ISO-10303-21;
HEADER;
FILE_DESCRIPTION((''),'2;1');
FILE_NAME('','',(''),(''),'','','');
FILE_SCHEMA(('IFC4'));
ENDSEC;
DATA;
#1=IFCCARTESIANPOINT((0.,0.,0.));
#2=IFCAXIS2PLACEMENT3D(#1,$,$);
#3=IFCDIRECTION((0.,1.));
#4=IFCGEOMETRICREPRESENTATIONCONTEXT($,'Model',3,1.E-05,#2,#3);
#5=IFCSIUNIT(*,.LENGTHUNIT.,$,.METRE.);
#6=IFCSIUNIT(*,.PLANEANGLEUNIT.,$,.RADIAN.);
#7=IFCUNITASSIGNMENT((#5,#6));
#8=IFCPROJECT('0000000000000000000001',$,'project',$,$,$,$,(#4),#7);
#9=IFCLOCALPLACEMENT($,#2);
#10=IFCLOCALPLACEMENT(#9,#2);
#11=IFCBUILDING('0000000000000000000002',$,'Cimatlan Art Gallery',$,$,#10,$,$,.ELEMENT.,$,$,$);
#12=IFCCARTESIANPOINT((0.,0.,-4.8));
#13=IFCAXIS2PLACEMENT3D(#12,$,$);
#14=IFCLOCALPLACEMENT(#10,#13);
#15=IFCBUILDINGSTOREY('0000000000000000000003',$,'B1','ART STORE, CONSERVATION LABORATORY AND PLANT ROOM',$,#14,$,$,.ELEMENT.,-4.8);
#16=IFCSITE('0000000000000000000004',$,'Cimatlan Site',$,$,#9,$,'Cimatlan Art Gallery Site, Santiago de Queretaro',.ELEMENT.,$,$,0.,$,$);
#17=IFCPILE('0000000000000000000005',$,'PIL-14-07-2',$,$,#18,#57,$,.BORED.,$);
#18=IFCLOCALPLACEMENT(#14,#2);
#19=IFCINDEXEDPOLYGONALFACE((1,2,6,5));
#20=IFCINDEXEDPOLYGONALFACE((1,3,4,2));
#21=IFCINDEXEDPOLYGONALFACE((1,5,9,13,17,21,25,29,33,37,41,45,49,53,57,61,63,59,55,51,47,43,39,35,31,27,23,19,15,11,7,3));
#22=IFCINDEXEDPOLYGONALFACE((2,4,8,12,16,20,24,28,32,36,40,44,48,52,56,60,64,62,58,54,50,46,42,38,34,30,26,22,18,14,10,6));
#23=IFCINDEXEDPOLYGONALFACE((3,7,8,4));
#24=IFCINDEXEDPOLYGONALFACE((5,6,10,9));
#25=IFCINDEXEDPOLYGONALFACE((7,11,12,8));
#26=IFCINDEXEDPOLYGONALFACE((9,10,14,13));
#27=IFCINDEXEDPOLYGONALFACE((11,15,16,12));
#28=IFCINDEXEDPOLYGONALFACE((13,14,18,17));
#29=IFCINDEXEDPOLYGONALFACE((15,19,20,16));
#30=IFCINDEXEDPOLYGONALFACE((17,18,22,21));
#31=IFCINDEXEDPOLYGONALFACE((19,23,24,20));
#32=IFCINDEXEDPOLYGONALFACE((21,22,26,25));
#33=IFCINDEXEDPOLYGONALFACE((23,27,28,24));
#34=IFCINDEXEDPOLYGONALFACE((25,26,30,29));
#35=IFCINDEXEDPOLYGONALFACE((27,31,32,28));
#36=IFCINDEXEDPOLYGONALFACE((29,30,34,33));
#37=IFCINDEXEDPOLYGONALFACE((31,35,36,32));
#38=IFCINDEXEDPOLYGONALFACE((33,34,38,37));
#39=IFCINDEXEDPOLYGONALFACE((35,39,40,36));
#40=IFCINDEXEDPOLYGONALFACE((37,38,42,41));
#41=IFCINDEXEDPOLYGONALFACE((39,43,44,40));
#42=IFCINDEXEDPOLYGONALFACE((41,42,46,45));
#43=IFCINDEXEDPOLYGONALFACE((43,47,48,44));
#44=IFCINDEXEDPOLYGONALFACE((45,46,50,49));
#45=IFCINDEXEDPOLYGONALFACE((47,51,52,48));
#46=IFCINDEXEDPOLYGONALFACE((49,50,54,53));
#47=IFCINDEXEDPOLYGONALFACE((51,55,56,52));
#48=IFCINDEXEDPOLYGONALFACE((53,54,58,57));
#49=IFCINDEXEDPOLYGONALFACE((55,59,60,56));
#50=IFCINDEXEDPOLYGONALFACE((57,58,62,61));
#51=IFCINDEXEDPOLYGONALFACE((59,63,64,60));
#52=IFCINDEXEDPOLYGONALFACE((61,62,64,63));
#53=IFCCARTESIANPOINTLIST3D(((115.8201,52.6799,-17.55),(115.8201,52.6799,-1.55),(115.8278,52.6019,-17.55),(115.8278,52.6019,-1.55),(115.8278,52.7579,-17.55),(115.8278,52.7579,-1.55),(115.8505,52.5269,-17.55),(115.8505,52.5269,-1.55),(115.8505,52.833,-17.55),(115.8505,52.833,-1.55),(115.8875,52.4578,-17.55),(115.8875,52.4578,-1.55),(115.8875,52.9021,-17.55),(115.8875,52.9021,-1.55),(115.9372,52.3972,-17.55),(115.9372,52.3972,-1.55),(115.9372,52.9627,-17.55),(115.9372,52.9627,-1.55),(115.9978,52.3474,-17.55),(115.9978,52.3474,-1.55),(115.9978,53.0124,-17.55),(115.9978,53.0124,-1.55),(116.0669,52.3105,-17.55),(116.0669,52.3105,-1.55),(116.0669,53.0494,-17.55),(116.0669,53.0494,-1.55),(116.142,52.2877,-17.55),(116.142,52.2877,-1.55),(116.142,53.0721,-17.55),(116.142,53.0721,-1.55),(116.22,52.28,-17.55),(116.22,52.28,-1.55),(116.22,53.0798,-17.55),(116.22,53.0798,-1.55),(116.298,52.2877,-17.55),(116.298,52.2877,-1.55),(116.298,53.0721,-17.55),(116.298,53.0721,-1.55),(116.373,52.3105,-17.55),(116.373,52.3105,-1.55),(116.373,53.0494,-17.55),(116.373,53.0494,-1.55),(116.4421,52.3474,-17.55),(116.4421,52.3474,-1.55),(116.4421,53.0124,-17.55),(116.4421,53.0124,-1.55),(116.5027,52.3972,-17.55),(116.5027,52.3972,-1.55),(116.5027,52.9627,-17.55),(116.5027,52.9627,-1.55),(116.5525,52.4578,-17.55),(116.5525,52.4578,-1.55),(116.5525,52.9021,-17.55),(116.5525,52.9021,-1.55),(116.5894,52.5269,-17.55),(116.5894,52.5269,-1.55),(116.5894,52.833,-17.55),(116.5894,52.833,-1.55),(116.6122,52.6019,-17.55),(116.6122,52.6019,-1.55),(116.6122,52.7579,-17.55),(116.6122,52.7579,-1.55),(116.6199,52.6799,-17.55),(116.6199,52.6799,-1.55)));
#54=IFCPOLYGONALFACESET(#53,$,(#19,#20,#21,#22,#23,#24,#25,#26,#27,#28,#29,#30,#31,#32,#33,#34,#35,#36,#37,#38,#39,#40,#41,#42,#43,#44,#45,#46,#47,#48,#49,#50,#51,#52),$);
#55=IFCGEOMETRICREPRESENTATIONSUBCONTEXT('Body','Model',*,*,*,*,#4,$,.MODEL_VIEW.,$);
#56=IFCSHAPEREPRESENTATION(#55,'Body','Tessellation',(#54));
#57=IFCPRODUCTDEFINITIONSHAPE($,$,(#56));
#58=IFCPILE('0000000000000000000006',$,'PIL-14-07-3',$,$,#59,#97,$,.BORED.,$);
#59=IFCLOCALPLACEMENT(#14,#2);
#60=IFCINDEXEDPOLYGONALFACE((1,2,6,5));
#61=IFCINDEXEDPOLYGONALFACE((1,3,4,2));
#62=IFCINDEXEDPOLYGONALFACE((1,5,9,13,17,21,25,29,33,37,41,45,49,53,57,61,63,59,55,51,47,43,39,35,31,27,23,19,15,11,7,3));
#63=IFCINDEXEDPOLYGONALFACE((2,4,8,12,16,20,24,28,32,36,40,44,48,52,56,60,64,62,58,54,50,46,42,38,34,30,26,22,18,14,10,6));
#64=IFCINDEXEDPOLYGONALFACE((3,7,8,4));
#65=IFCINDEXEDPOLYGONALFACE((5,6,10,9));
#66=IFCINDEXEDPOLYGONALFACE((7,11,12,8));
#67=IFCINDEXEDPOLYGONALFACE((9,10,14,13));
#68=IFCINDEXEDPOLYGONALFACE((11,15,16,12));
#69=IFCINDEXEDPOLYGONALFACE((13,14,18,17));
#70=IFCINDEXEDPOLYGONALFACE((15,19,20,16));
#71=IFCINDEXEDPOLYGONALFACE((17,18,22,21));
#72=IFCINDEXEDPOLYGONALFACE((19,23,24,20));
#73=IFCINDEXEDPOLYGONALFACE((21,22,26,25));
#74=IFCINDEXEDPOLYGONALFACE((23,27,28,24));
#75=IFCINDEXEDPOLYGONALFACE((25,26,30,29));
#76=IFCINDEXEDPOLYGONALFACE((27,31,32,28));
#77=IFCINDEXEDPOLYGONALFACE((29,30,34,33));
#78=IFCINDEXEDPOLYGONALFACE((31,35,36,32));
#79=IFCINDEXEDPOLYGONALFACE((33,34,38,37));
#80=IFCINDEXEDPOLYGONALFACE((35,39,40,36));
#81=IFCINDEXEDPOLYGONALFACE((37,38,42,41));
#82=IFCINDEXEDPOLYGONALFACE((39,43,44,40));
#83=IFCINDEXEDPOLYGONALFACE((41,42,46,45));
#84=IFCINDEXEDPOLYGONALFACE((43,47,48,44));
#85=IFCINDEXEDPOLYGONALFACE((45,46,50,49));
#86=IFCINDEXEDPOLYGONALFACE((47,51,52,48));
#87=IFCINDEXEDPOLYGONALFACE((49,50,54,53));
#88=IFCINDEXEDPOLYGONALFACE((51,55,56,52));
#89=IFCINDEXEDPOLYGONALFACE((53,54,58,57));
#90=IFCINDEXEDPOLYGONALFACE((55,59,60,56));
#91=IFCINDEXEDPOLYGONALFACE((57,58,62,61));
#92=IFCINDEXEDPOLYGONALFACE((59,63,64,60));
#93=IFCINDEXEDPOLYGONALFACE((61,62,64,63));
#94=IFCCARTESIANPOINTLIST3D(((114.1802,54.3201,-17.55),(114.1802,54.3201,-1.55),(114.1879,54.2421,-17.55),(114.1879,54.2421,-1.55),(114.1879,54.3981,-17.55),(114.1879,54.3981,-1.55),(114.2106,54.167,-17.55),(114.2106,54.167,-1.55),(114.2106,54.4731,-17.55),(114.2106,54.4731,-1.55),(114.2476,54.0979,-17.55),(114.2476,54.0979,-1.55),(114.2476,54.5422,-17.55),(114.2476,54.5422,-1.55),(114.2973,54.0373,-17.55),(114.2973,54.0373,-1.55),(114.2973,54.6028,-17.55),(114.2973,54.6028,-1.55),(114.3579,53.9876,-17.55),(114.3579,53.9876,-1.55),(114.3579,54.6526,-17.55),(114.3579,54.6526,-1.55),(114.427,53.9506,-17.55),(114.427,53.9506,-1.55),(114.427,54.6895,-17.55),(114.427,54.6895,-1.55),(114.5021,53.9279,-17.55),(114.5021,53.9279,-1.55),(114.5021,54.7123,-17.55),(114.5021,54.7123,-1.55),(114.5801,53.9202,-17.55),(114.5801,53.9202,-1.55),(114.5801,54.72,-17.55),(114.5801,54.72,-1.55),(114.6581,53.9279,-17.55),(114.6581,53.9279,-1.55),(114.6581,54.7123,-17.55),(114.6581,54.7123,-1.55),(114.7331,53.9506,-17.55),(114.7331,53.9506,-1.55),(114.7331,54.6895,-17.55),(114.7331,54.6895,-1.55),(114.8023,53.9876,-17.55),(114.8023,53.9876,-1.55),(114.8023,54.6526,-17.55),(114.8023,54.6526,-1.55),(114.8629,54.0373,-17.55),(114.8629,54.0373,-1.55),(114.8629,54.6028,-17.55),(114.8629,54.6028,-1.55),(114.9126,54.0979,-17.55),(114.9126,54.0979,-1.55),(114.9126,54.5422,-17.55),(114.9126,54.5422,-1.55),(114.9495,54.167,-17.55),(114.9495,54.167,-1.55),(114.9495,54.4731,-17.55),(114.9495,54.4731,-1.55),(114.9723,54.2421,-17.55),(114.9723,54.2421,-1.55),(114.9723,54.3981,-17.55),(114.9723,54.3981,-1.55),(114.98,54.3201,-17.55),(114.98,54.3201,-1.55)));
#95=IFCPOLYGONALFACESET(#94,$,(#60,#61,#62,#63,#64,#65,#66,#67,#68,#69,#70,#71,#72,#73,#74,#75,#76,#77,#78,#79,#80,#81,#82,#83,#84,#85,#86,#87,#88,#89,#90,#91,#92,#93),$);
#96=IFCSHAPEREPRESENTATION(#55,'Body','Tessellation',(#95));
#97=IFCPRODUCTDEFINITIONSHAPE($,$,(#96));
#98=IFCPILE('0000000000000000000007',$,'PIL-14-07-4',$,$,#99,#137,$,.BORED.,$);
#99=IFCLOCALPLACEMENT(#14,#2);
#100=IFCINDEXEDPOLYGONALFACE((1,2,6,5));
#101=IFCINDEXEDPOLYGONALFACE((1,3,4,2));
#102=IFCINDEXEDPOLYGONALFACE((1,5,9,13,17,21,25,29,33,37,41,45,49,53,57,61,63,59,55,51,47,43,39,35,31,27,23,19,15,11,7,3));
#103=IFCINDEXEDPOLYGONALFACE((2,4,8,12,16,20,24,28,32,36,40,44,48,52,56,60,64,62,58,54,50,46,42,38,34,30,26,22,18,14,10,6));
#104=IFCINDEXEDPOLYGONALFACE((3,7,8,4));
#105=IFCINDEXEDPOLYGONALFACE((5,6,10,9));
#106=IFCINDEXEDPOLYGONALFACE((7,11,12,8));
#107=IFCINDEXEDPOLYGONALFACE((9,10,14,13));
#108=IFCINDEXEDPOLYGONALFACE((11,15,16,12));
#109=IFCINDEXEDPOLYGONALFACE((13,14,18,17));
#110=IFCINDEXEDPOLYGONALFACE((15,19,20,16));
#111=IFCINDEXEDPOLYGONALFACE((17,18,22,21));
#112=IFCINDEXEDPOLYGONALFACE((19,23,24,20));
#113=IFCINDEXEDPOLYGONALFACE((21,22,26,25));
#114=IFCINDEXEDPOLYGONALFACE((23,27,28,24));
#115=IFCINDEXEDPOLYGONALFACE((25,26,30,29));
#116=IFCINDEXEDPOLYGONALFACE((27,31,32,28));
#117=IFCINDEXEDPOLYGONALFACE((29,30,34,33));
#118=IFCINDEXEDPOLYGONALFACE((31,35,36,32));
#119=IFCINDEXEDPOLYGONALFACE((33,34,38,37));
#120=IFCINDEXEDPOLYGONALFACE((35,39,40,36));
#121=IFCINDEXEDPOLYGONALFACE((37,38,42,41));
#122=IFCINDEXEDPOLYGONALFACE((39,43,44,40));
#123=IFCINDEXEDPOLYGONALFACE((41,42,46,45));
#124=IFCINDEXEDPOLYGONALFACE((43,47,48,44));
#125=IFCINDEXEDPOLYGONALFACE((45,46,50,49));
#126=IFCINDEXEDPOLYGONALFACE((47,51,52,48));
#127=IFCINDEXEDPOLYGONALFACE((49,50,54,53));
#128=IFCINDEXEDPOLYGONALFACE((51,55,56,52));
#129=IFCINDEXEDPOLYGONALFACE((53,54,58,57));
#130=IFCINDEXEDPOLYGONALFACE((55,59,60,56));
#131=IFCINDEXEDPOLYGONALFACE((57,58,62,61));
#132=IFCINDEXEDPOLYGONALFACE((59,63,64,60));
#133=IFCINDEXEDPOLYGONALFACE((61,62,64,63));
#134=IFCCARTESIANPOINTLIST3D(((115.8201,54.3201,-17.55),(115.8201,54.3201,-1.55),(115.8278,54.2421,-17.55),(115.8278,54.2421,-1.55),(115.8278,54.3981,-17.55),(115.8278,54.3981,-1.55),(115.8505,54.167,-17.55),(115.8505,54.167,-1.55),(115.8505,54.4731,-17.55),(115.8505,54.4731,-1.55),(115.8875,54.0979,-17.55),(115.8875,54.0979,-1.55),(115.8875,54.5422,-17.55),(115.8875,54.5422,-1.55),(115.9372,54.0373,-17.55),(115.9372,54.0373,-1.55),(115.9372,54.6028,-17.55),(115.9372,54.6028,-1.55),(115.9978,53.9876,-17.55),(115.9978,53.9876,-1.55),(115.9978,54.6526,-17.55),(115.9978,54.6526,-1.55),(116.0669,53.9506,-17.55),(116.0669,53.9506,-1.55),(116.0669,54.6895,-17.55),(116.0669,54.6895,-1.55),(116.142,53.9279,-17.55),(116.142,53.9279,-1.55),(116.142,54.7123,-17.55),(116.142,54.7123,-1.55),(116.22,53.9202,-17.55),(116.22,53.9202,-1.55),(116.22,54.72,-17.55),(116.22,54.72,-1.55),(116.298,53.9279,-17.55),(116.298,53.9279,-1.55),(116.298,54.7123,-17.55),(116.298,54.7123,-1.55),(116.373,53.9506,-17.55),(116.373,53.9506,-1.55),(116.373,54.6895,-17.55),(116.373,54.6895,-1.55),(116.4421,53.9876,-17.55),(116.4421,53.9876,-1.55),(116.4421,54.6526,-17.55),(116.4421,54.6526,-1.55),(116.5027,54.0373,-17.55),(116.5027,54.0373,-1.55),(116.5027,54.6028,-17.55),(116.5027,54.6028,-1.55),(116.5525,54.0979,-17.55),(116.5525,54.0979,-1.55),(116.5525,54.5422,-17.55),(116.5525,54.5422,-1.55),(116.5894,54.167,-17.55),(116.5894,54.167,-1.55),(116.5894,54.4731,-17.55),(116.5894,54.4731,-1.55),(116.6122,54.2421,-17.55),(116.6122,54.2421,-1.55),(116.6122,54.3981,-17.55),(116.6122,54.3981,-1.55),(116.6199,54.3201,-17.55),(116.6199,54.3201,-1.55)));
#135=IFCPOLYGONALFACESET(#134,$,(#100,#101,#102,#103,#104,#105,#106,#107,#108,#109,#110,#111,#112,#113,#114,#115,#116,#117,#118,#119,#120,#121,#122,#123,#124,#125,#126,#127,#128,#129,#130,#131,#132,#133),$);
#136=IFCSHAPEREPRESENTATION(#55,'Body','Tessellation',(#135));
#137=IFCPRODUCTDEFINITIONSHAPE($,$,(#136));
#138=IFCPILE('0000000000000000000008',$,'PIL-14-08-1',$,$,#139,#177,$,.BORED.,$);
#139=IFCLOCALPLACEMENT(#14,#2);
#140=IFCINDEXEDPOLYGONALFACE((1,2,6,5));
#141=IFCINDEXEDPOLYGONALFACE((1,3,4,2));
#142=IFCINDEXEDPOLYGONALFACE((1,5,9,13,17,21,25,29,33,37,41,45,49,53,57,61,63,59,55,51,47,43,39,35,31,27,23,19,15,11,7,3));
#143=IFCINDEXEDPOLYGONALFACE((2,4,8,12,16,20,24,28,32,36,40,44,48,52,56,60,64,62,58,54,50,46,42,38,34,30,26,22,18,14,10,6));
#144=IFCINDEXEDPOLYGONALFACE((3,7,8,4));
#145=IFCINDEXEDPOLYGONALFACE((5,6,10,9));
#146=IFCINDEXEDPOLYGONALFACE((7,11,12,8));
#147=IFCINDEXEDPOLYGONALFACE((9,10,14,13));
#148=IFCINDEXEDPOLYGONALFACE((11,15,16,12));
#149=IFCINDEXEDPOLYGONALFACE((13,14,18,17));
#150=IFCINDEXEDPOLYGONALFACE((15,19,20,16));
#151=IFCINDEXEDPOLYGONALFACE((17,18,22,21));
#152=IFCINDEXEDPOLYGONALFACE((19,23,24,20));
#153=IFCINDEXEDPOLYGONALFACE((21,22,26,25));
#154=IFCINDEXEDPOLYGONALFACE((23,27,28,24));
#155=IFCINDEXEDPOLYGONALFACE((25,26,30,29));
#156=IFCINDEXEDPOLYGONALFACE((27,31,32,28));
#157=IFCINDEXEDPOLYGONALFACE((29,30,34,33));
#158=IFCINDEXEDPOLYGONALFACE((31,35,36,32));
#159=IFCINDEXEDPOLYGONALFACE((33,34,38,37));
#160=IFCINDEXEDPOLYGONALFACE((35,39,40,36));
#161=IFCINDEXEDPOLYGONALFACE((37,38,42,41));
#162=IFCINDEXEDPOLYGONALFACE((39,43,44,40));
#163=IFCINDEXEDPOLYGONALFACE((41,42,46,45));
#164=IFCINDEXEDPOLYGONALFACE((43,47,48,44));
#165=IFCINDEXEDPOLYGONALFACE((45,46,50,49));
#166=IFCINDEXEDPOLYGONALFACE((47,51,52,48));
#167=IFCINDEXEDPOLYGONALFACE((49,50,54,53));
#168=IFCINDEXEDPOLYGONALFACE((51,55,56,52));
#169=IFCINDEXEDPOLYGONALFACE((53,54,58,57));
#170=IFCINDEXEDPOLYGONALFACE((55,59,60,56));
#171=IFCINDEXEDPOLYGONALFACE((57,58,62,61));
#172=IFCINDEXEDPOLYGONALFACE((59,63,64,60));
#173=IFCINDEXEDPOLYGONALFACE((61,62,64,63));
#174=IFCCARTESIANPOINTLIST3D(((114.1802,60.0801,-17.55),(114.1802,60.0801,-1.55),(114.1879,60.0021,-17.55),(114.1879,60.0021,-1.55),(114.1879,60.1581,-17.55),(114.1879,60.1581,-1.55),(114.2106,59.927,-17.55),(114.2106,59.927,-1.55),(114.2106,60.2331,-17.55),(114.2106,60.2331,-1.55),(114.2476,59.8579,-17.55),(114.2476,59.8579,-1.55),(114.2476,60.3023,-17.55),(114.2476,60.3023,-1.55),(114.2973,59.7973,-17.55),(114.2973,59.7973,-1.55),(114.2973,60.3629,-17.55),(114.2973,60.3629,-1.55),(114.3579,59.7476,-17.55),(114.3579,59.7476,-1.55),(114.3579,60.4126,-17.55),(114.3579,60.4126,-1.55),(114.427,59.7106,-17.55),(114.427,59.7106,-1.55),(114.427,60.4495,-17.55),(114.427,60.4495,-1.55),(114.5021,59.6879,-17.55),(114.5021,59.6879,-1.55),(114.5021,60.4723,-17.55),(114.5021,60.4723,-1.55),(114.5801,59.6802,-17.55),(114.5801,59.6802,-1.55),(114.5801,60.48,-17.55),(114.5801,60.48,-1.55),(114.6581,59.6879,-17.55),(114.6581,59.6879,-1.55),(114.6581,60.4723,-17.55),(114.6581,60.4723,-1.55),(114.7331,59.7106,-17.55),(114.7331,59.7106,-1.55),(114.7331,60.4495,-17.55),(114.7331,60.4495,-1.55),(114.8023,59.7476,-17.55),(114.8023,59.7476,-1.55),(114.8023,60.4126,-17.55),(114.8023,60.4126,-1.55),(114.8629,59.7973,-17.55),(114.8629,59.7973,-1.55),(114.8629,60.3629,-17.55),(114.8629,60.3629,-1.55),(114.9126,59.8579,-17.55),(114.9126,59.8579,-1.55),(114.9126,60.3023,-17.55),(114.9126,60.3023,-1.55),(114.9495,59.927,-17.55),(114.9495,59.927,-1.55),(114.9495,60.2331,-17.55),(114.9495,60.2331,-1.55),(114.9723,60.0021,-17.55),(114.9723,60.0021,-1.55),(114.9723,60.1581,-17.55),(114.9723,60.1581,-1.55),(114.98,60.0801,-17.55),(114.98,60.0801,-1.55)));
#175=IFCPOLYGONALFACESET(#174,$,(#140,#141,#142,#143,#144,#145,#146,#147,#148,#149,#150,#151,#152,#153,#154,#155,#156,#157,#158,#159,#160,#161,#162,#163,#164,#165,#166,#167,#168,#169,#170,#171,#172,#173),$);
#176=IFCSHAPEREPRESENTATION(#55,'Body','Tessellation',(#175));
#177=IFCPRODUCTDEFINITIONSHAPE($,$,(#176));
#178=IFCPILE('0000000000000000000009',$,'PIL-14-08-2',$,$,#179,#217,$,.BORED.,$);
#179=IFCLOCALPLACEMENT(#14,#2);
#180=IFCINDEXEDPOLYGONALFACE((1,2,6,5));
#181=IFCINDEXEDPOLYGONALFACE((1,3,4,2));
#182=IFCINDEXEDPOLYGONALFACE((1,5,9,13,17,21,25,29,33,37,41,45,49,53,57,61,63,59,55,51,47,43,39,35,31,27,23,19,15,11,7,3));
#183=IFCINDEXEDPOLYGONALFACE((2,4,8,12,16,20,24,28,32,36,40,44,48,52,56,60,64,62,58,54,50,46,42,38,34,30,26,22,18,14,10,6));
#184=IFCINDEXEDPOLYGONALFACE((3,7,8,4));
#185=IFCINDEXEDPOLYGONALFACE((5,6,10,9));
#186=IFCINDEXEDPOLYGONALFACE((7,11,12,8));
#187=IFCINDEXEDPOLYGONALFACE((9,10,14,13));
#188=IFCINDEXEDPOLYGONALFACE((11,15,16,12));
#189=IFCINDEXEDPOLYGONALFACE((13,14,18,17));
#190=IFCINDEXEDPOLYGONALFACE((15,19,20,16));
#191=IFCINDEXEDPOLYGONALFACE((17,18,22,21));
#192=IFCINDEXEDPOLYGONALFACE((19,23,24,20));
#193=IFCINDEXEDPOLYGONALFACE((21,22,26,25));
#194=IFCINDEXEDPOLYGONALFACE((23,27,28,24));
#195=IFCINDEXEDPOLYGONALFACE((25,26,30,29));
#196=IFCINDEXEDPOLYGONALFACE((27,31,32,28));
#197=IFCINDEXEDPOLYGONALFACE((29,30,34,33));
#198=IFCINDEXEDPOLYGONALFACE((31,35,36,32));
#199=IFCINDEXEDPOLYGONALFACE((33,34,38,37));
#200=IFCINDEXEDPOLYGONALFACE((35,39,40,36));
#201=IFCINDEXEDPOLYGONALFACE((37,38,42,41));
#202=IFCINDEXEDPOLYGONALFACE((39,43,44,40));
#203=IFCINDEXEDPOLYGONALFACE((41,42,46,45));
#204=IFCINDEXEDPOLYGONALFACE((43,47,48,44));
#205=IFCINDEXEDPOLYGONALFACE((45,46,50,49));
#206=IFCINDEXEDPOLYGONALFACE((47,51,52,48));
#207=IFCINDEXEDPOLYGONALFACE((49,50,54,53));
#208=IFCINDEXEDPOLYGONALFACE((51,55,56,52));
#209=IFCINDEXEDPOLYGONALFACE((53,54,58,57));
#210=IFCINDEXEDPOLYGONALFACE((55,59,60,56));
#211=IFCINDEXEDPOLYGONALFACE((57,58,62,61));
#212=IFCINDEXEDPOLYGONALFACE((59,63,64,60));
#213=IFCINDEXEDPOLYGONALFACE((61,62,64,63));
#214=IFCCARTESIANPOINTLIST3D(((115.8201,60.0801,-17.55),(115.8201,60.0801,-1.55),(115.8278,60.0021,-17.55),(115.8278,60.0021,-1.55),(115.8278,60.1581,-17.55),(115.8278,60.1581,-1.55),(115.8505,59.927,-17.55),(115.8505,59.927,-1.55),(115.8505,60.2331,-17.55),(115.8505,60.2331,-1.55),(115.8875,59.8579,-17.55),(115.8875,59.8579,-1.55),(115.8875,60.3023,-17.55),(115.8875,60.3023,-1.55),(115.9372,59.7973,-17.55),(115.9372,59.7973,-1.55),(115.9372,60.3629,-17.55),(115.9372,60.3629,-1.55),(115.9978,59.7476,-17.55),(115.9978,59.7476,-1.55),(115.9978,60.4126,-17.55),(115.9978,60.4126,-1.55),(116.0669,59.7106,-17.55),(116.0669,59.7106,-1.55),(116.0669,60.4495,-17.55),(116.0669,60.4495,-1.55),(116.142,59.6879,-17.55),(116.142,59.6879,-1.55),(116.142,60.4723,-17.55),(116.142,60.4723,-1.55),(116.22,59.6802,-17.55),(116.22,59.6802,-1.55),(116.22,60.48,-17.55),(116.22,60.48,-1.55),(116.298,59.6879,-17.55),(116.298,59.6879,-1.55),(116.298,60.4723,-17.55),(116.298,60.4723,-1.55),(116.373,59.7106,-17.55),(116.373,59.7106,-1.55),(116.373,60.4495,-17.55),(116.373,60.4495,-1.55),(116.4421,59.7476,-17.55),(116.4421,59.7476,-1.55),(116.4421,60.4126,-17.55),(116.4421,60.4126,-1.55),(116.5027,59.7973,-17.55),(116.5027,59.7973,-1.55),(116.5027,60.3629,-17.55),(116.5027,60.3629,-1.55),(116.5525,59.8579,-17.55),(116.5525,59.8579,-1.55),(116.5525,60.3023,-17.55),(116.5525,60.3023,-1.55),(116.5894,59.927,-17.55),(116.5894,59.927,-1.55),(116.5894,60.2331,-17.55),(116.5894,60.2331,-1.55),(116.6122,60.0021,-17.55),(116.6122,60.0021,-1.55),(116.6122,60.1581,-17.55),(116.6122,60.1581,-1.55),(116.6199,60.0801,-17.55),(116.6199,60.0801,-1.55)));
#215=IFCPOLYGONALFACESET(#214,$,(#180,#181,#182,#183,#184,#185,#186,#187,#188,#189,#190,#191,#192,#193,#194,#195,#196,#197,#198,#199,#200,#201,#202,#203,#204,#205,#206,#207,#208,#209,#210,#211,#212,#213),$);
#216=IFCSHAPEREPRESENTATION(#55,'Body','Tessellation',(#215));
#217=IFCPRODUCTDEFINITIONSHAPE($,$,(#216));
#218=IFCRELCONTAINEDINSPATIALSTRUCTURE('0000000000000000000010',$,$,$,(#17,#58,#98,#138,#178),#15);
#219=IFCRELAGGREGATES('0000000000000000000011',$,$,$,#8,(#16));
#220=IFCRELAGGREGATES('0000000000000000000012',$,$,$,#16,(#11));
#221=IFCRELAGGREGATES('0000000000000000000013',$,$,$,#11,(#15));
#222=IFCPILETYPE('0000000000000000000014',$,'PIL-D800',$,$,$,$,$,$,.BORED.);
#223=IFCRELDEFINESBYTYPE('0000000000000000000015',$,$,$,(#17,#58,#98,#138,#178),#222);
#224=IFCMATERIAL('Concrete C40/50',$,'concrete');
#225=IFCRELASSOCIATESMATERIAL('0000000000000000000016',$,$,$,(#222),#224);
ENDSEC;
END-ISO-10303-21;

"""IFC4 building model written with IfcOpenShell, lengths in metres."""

from ifc_helpers import new_model, si_unit, direction, frame, origin, origin_2d, place, context, subcontext, project, spatial, circle, extrude, material, type_object, element, save


model = new_model("IFC4")

# Units and contexts
model_context = context("Model", 3, precision=1e-05, world=origin(), true_north=direction((0.0, 1.0)))
body_context = subcontext(model_context, "Body", "Model", "MODEL_VIEW")
ifc_project = project(units=[si_unit("LENGTHUNIT", "METRE"), si_unit("PLANEANGLEUNIT", "RADIAN")], contexts=[model_context])

# Site, building, storey
site_placement = place(None, origin())
site = spatial("IfcSite", under=ifc_project, at=site_placement, Name="Cimatlan Site", LongName="Cimatlan Art Gallery Site, Santiago de Queretaro", CompositionType="ELEMENT", RefElevation=0.0)
building_placement = place(site_placement, origin())
building = spatial("IfcBuilding", under=site, at=building_placement, Name="Cimatlan Art Gallery", CompositionType="ELEMENT")
storey_placement = place(building_placement, frame((0.0, 0.0, -4.8)))
storey = spatial("IfcBuildingStorey", under=building, at=storey_placement, Name="B1", Description="ART STORE, CONSERVATION LABORATORY AND PLANT ROOM", CompositionType="ELEMENT", Elevation=-4.8)

# Shared definitions
ifc_material_1 = material(Name="Concrete C40/50", Category="concrete")

# Piles
pile_type = type_object("IfcPileType", Name="PIL-D800", PredefinedType="BORED", material=ifc_material_1)
for number, where, z_axis, x_axis, name in (
    (1, (116.22, 52.6799, -1.55), (0.0, 0.0, -1.0), (1.0, 0.0, 0.0), "PIL-14-07-2"),
    (2, (114.5801, 54.3201, -1.55), (0.0, 0.0, -1.0), (1.0, 0.0, 0.0), "PIL-14-07-3"),
    (3, (116.22, 54.3201, -1.55), (0.0, 0.0, -1.0), (1.0, 0.0, 0.0), "PIL-14-07-4"),
    (4, (114.5801, 60.0801, -1.55), (0.0, 0.0, -1.0), (1.0, 0.0, 0.0), "PIL-14-08-1"),
    (5, (116.22, 60.0801, -1.55), (0.0, 0.0, -1.0), (1.0, 0.0, 0.0), "PIL-14-08-2"),
):
    element("IfcPile", number, at=place(storey_placement, frame(where, z_axis=z_axis, x_axis=x_axis)), inside=storey, type_object=pile_type, Name=name, PredefinedType="BORED", context=body_context, shape_type="SweptSolid", body=[
        extrude(circle(Radius=0.3999, at=origin_2d()), origin(), (0.0, 0.0, 1.0), 16.0),
    ])

save(model, "model.ifc")
